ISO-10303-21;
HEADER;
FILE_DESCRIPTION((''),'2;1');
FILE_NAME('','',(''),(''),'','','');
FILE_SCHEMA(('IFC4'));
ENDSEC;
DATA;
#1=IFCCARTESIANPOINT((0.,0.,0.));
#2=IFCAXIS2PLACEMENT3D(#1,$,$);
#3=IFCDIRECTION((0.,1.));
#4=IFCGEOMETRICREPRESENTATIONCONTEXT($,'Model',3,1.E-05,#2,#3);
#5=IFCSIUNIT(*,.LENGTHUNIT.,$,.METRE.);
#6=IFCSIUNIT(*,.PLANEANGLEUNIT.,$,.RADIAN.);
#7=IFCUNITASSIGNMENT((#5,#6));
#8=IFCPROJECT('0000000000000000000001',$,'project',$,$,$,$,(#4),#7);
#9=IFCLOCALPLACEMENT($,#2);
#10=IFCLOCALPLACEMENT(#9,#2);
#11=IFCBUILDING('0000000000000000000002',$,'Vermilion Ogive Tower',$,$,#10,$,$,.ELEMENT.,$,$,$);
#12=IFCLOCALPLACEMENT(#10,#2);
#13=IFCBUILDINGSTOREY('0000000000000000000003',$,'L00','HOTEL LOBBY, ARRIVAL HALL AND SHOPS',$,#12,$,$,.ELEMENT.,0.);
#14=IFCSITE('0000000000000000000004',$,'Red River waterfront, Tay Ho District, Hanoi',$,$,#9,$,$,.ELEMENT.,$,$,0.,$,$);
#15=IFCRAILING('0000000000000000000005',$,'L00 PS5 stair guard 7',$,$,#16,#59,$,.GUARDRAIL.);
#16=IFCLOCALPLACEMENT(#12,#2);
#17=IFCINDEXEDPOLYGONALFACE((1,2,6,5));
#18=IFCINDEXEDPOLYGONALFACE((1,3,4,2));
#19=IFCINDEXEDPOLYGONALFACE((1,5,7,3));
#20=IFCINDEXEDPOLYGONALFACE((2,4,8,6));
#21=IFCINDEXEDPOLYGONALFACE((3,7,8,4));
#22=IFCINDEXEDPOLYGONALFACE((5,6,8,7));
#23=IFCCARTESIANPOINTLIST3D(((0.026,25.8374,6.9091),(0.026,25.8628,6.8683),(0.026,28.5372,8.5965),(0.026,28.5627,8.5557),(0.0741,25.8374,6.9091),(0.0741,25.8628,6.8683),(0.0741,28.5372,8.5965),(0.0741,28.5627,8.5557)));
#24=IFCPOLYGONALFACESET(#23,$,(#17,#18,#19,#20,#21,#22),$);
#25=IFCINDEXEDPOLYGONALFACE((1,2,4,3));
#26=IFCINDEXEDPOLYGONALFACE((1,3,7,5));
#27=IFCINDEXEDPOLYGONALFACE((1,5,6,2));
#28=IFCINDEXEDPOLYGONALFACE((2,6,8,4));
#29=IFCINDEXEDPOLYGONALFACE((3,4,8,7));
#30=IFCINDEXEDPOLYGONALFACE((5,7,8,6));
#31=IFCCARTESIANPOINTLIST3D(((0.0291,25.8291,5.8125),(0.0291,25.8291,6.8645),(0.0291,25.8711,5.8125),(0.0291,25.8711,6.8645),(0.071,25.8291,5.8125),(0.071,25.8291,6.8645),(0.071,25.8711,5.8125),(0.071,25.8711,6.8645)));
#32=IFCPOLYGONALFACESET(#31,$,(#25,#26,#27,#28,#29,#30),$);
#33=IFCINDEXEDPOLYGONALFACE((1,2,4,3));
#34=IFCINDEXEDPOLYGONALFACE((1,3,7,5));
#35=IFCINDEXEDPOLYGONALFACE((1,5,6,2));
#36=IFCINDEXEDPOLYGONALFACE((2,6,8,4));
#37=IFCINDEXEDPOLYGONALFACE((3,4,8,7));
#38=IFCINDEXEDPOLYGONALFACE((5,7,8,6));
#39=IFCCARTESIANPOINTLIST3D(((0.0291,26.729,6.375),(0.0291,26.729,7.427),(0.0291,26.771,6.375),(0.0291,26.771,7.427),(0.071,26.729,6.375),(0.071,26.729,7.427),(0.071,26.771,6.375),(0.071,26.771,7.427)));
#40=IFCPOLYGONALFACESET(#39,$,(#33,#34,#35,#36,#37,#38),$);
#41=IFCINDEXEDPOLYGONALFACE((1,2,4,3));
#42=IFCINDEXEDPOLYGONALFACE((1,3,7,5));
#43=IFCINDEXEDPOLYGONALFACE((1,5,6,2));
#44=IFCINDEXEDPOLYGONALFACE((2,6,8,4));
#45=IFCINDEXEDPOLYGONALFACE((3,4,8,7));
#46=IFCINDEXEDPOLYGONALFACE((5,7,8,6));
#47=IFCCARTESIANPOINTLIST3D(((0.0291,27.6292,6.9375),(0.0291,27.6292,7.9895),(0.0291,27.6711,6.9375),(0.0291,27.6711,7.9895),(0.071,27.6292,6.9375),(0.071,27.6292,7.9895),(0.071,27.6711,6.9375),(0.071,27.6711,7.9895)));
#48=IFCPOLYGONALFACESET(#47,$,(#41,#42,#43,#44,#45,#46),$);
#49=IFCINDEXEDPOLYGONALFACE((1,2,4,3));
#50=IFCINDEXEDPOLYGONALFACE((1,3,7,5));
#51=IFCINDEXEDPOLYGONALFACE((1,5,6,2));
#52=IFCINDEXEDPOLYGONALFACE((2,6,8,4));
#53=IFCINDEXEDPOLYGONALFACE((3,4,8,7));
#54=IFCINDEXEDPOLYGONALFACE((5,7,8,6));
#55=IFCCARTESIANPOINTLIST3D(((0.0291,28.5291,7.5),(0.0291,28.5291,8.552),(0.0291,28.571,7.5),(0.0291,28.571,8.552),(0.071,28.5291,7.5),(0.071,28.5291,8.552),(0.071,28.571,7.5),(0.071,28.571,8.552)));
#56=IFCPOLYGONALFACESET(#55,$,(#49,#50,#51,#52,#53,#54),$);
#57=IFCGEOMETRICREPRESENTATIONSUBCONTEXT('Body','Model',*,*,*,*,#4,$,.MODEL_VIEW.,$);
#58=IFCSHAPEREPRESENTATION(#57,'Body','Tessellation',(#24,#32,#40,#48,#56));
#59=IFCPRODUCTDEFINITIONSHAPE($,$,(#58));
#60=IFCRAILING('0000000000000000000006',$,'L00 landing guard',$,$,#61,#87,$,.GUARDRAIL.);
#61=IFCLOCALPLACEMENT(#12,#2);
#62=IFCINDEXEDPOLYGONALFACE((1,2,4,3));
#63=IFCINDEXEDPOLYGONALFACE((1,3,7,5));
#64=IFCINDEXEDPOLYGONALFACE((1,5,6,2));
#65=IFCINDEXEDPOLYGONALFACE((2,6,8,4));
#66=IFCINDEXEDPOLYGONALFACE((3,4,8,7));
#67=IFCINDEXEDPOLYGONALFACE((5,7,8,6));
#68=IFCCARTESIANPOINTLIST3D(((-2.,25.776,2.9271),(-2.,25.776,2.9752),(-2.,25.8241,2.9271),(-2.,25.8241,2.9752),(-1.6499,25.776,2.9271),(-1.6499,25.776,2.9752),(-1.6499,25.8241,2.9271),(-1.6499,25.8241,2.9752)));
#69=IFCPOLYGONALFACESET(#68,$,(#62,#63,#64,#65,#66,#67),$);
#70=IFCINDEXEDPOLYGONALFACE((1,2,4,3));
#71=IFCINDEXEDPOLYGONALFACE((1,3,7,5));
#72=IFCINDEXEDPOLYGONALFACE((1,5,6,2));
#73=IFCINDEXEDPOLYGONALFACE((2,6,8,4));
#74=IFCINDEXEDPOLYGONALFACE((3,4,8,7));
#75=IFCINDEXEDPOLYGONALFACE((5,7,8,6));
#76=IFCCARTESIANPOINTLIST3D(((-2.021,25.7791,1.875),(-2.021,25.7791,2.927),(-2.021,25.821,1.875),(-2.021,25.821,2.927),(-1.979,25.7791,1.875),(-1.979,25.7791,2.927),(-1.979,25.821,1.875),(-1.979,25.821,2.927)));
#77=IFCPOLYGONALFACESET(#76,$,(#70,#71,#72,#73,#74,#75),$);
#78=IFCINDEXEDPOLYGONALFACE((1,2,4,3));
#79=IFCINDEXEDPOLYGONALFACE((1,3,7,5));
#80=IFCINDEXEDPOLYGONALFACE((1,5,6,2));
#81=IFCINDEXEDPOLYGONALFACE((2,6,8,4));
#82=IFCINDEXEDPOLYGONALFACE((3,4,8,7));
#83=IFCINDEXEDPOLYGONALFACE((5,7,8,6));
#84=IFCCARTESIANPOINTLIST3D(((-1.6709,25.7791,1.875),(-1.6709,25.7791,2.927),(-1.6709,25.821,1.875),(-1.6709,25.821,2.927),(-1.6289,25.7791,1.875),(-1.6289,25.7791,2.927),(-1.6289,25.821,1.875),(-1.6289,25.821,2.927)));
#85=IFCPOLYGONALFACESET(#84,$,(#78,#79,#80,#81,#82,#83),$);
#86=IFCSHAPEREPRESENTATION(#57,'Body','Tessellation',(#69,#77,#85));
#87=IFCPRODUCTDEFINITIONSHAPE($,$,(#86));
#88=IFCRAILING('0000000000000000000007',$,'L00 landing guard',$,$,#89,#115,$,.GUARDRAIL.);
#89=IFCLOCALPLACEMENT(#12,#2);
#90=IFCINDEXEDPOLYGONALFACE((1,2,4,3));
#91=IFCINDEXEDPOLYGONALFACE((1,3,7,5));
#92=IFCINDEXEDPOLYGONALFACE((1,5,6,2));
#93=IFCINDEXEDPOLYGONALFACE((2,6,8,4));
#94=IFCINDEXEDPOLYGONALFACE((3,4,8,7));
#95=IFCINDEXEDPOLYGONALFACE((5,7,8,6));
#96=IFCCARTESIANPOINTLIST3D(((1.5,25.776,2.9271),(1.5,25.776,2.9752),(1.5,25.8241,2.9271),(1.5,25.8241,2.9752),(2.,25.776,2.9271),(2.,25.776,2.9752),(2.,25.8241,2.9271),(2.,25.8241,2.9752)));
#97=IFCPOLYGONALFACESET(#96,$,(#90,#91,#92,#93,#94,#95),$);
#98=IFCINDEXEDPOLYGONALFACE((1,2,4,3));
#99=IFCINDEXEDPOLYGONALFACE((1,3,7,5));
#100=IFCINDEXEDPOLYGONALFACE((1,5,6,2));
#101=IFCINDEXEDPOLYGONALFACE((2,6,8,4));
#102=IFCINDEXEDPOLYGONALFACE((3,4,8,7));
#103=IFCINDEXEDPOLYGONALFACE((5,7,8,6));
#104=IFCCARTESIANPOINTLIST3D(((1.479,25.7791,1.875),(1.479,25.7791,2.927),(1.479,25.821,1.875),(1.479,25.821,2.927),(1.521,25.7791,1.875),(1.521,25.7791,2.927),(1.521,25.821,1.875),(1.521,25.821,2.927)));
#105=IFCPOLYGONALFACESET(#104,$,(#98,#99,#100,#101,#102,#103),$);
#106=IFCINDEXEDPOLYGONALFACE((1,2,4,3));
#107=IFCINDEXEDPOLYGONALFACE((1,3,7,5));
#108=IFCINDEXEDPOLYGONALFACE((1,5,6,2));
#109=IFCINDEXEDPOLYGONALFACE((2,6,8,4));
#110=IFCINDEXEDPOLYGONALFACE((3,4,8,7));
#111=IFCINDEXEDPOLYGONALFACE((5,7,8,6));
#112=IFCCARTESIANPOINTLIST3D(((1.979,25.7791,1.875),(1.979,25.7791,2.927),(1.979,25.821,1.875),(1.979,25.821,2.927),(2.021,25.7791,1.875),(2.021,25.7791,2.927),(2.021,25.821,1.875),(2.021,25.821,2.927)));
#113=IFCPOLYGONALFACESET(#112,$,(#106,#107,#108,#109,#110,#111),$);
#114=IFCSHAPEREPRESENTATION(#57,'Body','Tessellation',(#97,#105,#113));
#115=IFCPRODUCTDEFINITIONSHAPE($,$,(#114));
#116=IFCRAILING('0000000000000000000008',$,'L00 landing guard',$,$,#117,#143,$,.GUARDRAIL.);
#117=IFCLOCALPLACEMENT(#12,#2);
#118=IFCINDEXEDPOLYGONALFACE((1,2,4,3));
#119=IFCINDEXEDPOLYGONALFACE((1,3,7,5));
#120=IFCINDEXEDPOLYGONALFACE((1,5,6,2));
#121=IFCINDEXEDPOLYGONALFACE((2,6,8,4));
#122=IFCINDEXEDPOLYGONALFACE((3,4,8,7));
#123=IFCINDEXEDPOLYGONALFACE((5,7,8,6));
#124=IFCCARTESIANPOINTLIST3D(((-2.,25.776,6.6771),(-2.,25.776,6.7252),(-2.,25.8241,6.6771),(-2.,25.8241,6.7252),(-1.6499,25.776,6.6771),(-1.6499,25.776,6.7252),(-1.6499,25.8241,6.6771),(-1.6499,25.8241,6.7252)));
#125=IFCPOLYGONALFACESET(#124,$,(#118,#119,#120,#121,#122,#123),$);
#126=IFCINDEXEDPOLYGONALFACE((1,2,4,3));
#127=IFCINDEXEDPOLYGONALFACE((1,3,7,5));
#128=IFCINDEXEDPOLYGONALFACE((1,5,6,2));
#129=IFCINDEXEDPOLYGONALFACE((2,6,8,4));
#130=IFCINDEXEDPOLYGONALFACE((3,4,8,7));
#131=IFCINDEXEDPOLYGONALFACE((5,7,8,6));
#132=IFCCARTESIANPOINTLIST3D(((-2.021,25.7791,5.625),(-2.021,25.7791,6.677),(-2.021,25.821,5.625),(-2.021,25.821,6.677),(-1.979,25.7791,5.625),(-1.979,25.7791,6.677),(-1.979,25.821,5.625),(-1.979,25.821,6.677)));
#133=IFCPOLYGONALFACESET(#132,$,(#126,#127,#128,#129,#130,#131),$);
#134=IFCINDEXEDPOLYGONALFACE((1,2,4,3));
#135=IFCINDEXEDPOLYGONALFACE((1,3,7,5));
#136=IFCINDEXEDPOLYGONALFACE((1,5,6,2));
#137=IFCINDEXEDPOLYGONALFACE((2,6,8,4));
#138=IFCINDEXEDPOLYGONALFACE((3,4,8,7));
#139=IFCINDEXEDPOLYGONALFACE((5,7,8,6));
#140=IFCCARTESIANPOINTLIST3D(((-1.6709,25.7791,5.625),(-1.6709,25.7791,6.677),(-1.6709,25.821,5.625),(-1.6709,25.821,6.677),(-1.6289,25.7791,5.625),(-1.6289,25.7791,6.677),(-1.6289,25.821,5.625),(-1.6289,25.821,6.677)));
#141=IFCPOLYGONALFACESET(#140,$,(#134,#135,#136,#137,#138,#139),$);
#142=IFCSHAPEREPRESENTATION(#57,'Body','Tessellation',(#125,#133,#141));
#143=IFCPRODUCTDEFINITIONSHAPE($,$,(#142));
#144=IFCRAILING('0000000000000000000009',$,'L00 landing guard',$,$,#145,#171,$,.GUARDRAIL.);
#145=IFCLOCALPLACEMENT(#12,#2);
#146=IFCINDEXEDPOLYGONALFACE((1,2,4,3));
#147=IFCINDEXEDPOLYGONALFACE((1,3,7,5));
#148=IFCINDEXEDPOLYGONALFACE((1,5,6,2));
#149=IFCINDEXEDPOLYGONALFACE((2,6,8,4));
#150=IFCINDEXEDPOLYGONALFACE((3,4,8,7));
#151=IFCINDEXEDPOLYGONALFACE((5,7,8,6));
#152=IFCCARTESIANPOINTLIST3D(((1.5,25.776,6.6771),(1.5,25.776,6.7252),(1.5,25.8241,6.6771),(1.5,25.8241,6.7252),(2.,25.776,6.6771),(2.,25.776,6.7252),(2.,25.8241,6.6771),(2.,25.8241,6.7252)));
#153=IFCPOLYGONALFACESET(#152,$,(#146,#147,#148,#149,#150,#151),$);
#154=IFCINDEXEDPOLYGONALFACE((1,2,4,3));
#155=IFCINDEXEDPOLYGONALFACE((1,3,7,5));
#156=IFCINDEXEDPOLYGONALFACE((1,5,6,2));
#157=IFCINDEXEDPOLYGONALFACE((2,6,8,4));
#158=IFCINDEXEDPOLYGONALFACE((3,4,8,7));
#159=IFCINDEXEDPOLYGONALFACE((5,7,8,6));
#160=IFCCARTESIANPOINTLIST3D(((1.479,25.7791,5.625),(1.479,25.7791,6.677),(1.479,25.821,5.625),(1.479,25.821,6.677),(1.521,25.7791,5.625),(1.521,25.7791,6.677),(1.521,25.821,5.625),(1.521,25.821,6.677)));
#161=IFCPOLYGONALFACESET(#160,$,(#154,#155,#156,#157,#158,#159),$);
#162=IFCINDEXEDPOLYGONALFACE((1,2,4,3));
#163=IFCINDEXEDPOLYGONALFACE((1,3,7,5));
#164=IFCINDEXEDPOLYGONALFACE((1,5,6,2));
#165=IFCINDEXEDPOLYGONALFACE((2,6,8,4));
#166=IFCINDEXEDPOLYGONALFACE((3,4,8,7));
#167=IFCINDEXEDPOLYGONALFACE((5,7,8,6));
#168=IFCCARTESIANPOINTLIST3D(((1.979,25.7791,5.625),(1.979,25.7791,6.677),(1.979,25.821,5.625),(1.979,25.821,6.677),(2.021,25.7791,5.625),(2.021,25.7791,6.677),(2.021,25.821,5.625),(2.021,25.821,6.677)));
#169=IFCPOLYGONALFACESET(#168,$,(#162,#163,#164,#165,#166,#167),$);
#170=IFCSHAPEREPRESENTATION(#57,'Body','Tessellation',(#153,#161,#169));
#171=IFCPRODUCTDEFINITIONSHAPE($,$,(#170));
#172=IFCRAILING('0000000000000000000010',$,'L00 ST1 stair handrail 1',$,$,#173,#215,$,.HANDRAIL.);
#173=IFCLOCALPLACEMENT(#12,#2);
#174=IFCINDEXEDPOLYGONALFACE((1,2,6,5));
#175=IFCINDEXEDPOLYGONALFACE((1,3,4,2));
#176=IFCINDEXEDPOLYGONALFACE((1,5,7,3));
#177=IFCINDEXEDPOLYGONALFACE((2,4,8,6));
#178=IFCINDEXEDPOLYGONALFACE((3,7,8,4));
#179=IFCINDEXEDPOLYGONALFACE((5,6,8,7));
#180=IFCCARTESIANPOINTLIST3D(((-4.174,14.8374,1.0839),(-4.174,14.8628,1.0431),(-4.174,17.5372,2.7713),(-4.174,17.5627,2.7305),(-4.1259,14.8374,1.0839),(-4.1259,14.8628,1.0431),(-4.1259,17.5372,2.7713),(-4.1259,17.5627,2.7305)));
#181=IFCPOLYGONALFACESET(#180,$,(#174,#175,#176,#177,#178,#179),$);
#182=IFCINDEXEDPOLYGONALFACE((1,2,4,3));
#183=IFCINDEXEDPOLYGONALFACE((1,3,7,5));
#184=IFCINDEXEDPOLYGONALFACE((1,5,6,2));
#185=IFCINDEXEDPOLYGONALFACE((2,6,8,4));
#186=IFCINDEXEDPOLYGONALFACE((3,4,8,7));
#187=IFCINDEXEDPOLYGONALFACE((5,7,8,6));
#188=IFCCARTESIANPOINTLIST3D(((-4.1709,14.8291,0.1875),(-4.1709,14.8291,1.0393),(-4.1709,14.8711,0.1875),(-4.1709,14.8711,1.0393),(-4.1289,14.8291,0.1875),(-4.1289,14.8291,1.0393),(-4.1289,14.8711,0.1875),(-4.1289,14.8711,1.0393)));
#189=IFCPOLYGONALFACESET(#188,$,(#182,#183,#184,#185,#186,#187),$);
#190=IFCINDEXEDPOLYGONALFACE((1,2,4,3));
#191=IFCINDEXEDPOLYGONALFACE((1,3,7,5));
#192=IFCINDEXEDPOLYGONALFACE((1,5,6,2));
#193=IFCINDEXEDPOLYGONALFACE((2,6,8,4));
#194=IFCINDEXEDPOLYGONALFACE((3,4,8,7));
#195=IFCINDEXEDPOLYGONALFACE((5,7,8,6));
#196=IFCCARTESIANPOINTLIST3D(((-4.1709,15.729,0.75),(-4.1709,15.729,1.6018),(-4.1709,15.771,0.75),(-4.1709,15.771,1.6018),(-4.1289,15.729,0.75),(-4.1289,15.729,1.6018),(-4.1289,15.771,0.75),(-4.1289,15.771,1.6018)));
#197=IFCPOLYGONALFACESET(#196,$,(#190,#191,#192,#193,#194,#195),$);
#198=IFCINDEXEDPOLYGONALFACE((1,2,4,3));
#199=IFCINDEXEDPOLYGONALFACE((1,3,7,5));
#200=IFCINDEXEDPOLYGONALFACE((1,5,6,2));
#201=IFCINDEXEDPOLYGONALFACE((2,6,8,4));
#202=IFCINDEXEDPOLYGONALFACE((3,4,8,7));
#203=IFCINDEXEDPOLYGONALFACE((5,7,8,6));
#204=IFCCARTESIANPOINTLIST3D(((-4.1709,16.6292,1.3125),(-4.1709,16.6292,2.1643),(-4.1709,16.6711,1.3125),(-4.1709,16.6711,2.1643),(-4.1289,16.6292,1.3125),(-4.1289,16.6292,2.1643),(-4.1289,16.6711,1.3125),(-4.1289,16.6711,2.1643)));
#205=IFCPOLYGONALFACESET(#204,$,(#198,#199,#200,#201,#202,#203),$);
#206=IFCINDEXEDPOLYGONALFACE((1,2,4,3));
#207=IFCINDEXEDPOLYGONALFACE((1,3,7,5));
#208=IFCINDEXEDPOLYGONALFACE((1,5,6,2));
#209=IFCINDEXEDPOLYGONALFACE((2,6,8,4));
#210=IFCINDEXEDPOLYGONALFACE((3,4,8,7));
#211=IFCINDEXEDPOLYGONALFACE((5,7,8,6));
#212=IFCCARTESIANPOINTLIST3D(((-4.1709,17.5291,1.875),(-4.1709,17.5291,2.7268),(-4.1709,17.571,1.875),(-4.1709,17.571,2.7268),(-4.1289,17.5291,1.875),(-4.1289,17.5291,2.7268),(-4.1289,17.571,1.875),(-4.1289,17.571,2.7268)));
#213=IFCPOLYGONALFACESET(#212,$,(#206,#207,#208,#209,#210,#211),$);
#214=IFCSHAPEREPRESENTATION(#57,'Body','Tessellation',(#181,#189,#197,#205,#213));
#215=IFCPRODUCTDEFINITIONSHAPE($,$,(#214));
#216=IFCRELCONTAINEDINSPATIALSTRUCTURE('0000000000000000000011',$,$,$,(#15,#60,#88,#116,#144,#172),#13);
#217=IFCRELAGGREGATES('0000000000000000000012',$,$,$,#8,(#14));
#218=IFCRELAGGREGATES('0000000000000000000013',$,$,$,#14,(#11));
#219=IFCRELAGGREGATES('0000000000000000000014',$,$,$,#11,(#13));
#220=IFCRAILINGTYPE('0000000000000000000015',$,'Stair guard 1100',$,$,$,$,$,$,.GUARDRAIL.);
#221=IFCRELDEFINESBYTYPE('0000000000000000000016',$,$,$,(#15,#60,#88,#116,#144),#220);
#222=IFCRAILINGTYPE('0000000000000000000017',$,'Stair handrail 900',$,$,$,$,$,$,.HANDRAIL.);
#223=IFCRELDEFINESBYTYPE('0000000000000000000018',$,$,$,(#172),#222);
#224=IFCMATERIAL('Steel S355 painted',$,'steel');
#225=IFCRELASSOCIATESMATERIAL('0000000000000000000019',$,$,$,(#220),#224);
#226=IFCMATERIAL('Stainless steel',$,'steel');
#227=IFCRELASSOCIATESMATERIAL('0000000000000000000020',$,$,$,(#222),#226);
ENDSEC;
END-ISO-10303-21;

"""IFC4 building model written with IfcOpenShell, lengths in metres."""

from ifc_helpers import new_model, si_unit, direction, frame, origin, origin_2d, place, context, subcontext, project, spatial, rectangle, extrude, material, type_object, element, save


model = new_model("IFC4")

# Units and contexts
model_context = context("Model", 3, precision=1e-05, world=origin(), true_north=direction((0.0, 1.0)))
body_context = subcontext(model_context, "Body", "Model", "MODEL_VIEW")
ifc_project = project(units=[si_unit("LENGTHUNIT", "METRE"), si_unit("PLANEANGLEUNIT", "RADIAN")], contexts=[model_context])

# Site, building, storey
site_placement = place(None, origin())
site = spatial("IfcSite", under=ifc_project, at=site_placement, Name="Red River waterfront, Tay Ho District, Hanoi", CompositionType="ELEMENT", RefElevation=0.0)
building_placement = place(site_placement, origin())
building = spatial("IfcBuilding", under=site, at=building_placement, Name="Vermilion Ogive Tower", CompositionType="ELEMENT")
storey_placement = place(building_placement, origin())
storey = spatial("IfcBuildingStorey", under=building, at=storey_placement, Name="L00", Description="HOTEL LOBBY, ARRIVAL HALL AND SHOPS", CompositionType="ELEMENT", Elevation=0.0)

# Railings
ifc_material_1 = material(Name="Steel S355 painted", Category="steel")
railing_type_1 = type_object("IfcRailingType", Name="Stair guard 1100", PredefinedType="GUARDRAIL", material=ifc_material_1)
railing_1_placement = place(storey_placement, frame((0.05, 25.8501, 5.8125)))
element("IfcRailing", 1, at=railing_1_placement, inside=storey, type_object=railing_type_1, Name="L00 PS5 stair guard 7", PredefinedType="GUARDRAIL", context=body_context, shape_type="SweptSolid", body=[
    extrude(rectangle(XDim=0.0481, YDim=0.0481, at=origin_2d()), frame((0.0, 0.0, 1.0762), z_axis=(0.0, 0.847994, 0.530006), x_axis=(-1.0, 0.0, 0.0)), (0.0, 0.0, 1.0), 3.1838),
    extrude(rectangle(XDim=0.042, YDim=0.042, at=origin_2d()), origin(), (0.0, 0.0, 1.0), 1.052),
    extrude(rectangle(XDim=0.042, YDim=0.042, at=origin_2d()), frame((0.0, 0.8999, 0.5625)), (0.0, 0.0, 1.0), 1.052),
    extrude(rectangle(XDim=0.042, YDim=0.042, at=origin_2d()), frame((0.0, 1.8, 1.125)), (0.0, 0.0, 1.0), 1.052),
    extrude(rectangle(XDim=0.042, YDim=0.042, at=origin_2d()), frame((0.0, 2.7, 1.6875)), (0.0, 0.0, 1.0), 1.052),
])
railing_2_placement = place(storey_placement, frame((-2.0, 25.8, 1.875)))
element("IfcRailing", 2, at=railing_2_placement, inside=storey, type_object=railing_type_1, Name="L00 landing guard", PredefinedType="GUARDRAIL", context=body_context, shape_type="SweptSolid", body=[
    extrude(rectangle(XDim=0.0481, YDim=0.0481, at=origin_2d()), frame((0.0, 0.0, 1.0762), z_axis=(1.0, 0.0, 0.0), x_axis=(0.0, 1.0, 0.0)), (0.0, 0.0, 1.0), 0.3501),
    extrude(rectangle(XDim=0.042, YDim=0.042, at=origin_2d()), origin(), (0.0, 0.0, 1.0), 1.052),
    extrude(rectangle(XDim=0.042, YDim=0.042, at=origin_2d()), frame((0.3501, 0.0, 0.0)), (0.0, 0.0, 1.0), 1.052),
])
railing_3_placement = place(storey_placement, frame((1.5, 25.8, 1.875)))
element("IfcRailing", 3, at=railing_3_placement, inside=storey, type_object=railing_type_1, Name="L00 landing guard", PredefinedType="GUARDRAIL", context=body_context, shape_type="SweptSolid", body=[
    extrude(rectangle(XDim=0.0481, YDim=0.0481, at=origin_2d()), frame((0.0, 0.0, 1.0762), z_axis=(1.0, 0.0, 0.0), x_axis=(0.0, 1.0, 0.0)), (0.0, 0.0, 1.0), 0.5),
    extrude(rectangle(XDim=0.042, YDim=0.042, at=origin_2d()), origin(), (0.0, 0.0, 1.0), 1.052),
    extrude(rectangle(XDim=0.042, YDim=0.042, at=origin_2d()), frame((0.5, 0.0, 0.0)), (0.0, 0.0, 1.0), 1.052),
])
railing_4_placement = place(storey_placement, frame((-2.0, 25.8, 5.625)))
element("IfcRailing", 4, at=railing_4_placement, inside=storey, type_object=railing_type_1, Name="L00 landing guard", PredefinedType="GUARDRAIL", context=body_context, shape_type="SweptSolid", body=[
    extrude(rectangle(XDim=0.0481, YDim=0.0481, at=origin_2d()), frame((0.0, 0.0, 1.0762), z_axis=(1.0, 0.0, 0.0), x_axis=(0.0, 1.0, 0.0)), (0.0, 0.0, 1.0), 0.3501),
    extrude(rectangle(XDim=0.042, YDim=0.042, at=origin_2d()), origin(), (0.0, 0.0, 1.0), 1.052),
    extrude(rectangle(XDim=0.042, YDim=0.042, at=origin_2d()), frame((0.3501, 0.0, 0.0)), (0.0, 0.0, 1.0), 1.052),
])
railing_5_placement = place(storey_placement, frame((1.5, 25.8, 5.625)))
element("IfcRailing", 5, at=railing_5_placement, inside=storey, type_object=railing_type_1, Name="L00 landing guard", PredefinedType="GUARDRAIL", context=body_context, shape_type="SweptSolid", body=[
    extrude(rectangle(XDim=0.0481, YDim=0.0481, at=origin_2d()), frame((0.0, 0.0, 1.0762), z_axis=(1.0, 0.0, 0.0), x_axis=(0.0, 1.0, 0.0)), (0.0, 0.0, 1.0), 0.5),
    extrude(rectangle(XDim=0.042, YDim=0.042, at=origin_2d()), origin(), (0.0, 0.0, 1.0), 1.052),
    extrude(rectangle(XDim=0.042, YDim=0.042, at=origin_2d()), frame((0.5, 0.0, 0.0)), (0.0, 0.0, 1.0), 1.052),
])
ifc_material_2 = material(Name="Stainless steel", Category="steel")
railing_type_2 = type_object("IfcRailingType", Name="Stair handrail 900", PredefinedType="HANDRAIL", material=ifc_material_2)
for number, where, name in (
    (6, (-4.1499, 14.8501, 0.1875), "L00 ST1 stair handrail 1"),
):
    element("IfcRailing", number, at=place(storey_placement, frame(where)), inside=storey, type_object=railing_type_2, Name=name, PredefinedType="HANDRAIL", context=body_context, shape_type="SweptSolid", body=[
        extrude(rectangle(XDim=0.0481, YDim=0.0481, at=origin_2d()), frame((0.0, 0.0, 0.876), z_axis=(0.0, 0.847994, 0.530006), x_axis=(-1.0, 0.0, 0.0)), (0.0, 0.0, 1.0), 3.1838),
        extrude(rectangle(XDim=0.042, YDim=0.042, at=origin_2d()), origin(), (0.0, 0.0, 1.0), 0.8518),
        extrude(rectangle(XDim=0.042, YDim=0.042, at=origin_2d()), frame((0.0, 0.8999, 0.5625)), (0.0, 0.0, 1.0), 0.8518),
        extrude(rectangle(XDim=0.042, YDim=0.042, at=origin_2d()), frame((0.0, 1.8, 1.125)), (0.0, 0.0, 1.0), 0.8518),
        extrude(rectangle(XDim=0.042, YDim=0.042, at=origin_2d()), frame((0.0, 2.7, 1.6875)), (0.0, 0.0, 1.0), 0.8518),
    ])

save(model, "model.ifc")
